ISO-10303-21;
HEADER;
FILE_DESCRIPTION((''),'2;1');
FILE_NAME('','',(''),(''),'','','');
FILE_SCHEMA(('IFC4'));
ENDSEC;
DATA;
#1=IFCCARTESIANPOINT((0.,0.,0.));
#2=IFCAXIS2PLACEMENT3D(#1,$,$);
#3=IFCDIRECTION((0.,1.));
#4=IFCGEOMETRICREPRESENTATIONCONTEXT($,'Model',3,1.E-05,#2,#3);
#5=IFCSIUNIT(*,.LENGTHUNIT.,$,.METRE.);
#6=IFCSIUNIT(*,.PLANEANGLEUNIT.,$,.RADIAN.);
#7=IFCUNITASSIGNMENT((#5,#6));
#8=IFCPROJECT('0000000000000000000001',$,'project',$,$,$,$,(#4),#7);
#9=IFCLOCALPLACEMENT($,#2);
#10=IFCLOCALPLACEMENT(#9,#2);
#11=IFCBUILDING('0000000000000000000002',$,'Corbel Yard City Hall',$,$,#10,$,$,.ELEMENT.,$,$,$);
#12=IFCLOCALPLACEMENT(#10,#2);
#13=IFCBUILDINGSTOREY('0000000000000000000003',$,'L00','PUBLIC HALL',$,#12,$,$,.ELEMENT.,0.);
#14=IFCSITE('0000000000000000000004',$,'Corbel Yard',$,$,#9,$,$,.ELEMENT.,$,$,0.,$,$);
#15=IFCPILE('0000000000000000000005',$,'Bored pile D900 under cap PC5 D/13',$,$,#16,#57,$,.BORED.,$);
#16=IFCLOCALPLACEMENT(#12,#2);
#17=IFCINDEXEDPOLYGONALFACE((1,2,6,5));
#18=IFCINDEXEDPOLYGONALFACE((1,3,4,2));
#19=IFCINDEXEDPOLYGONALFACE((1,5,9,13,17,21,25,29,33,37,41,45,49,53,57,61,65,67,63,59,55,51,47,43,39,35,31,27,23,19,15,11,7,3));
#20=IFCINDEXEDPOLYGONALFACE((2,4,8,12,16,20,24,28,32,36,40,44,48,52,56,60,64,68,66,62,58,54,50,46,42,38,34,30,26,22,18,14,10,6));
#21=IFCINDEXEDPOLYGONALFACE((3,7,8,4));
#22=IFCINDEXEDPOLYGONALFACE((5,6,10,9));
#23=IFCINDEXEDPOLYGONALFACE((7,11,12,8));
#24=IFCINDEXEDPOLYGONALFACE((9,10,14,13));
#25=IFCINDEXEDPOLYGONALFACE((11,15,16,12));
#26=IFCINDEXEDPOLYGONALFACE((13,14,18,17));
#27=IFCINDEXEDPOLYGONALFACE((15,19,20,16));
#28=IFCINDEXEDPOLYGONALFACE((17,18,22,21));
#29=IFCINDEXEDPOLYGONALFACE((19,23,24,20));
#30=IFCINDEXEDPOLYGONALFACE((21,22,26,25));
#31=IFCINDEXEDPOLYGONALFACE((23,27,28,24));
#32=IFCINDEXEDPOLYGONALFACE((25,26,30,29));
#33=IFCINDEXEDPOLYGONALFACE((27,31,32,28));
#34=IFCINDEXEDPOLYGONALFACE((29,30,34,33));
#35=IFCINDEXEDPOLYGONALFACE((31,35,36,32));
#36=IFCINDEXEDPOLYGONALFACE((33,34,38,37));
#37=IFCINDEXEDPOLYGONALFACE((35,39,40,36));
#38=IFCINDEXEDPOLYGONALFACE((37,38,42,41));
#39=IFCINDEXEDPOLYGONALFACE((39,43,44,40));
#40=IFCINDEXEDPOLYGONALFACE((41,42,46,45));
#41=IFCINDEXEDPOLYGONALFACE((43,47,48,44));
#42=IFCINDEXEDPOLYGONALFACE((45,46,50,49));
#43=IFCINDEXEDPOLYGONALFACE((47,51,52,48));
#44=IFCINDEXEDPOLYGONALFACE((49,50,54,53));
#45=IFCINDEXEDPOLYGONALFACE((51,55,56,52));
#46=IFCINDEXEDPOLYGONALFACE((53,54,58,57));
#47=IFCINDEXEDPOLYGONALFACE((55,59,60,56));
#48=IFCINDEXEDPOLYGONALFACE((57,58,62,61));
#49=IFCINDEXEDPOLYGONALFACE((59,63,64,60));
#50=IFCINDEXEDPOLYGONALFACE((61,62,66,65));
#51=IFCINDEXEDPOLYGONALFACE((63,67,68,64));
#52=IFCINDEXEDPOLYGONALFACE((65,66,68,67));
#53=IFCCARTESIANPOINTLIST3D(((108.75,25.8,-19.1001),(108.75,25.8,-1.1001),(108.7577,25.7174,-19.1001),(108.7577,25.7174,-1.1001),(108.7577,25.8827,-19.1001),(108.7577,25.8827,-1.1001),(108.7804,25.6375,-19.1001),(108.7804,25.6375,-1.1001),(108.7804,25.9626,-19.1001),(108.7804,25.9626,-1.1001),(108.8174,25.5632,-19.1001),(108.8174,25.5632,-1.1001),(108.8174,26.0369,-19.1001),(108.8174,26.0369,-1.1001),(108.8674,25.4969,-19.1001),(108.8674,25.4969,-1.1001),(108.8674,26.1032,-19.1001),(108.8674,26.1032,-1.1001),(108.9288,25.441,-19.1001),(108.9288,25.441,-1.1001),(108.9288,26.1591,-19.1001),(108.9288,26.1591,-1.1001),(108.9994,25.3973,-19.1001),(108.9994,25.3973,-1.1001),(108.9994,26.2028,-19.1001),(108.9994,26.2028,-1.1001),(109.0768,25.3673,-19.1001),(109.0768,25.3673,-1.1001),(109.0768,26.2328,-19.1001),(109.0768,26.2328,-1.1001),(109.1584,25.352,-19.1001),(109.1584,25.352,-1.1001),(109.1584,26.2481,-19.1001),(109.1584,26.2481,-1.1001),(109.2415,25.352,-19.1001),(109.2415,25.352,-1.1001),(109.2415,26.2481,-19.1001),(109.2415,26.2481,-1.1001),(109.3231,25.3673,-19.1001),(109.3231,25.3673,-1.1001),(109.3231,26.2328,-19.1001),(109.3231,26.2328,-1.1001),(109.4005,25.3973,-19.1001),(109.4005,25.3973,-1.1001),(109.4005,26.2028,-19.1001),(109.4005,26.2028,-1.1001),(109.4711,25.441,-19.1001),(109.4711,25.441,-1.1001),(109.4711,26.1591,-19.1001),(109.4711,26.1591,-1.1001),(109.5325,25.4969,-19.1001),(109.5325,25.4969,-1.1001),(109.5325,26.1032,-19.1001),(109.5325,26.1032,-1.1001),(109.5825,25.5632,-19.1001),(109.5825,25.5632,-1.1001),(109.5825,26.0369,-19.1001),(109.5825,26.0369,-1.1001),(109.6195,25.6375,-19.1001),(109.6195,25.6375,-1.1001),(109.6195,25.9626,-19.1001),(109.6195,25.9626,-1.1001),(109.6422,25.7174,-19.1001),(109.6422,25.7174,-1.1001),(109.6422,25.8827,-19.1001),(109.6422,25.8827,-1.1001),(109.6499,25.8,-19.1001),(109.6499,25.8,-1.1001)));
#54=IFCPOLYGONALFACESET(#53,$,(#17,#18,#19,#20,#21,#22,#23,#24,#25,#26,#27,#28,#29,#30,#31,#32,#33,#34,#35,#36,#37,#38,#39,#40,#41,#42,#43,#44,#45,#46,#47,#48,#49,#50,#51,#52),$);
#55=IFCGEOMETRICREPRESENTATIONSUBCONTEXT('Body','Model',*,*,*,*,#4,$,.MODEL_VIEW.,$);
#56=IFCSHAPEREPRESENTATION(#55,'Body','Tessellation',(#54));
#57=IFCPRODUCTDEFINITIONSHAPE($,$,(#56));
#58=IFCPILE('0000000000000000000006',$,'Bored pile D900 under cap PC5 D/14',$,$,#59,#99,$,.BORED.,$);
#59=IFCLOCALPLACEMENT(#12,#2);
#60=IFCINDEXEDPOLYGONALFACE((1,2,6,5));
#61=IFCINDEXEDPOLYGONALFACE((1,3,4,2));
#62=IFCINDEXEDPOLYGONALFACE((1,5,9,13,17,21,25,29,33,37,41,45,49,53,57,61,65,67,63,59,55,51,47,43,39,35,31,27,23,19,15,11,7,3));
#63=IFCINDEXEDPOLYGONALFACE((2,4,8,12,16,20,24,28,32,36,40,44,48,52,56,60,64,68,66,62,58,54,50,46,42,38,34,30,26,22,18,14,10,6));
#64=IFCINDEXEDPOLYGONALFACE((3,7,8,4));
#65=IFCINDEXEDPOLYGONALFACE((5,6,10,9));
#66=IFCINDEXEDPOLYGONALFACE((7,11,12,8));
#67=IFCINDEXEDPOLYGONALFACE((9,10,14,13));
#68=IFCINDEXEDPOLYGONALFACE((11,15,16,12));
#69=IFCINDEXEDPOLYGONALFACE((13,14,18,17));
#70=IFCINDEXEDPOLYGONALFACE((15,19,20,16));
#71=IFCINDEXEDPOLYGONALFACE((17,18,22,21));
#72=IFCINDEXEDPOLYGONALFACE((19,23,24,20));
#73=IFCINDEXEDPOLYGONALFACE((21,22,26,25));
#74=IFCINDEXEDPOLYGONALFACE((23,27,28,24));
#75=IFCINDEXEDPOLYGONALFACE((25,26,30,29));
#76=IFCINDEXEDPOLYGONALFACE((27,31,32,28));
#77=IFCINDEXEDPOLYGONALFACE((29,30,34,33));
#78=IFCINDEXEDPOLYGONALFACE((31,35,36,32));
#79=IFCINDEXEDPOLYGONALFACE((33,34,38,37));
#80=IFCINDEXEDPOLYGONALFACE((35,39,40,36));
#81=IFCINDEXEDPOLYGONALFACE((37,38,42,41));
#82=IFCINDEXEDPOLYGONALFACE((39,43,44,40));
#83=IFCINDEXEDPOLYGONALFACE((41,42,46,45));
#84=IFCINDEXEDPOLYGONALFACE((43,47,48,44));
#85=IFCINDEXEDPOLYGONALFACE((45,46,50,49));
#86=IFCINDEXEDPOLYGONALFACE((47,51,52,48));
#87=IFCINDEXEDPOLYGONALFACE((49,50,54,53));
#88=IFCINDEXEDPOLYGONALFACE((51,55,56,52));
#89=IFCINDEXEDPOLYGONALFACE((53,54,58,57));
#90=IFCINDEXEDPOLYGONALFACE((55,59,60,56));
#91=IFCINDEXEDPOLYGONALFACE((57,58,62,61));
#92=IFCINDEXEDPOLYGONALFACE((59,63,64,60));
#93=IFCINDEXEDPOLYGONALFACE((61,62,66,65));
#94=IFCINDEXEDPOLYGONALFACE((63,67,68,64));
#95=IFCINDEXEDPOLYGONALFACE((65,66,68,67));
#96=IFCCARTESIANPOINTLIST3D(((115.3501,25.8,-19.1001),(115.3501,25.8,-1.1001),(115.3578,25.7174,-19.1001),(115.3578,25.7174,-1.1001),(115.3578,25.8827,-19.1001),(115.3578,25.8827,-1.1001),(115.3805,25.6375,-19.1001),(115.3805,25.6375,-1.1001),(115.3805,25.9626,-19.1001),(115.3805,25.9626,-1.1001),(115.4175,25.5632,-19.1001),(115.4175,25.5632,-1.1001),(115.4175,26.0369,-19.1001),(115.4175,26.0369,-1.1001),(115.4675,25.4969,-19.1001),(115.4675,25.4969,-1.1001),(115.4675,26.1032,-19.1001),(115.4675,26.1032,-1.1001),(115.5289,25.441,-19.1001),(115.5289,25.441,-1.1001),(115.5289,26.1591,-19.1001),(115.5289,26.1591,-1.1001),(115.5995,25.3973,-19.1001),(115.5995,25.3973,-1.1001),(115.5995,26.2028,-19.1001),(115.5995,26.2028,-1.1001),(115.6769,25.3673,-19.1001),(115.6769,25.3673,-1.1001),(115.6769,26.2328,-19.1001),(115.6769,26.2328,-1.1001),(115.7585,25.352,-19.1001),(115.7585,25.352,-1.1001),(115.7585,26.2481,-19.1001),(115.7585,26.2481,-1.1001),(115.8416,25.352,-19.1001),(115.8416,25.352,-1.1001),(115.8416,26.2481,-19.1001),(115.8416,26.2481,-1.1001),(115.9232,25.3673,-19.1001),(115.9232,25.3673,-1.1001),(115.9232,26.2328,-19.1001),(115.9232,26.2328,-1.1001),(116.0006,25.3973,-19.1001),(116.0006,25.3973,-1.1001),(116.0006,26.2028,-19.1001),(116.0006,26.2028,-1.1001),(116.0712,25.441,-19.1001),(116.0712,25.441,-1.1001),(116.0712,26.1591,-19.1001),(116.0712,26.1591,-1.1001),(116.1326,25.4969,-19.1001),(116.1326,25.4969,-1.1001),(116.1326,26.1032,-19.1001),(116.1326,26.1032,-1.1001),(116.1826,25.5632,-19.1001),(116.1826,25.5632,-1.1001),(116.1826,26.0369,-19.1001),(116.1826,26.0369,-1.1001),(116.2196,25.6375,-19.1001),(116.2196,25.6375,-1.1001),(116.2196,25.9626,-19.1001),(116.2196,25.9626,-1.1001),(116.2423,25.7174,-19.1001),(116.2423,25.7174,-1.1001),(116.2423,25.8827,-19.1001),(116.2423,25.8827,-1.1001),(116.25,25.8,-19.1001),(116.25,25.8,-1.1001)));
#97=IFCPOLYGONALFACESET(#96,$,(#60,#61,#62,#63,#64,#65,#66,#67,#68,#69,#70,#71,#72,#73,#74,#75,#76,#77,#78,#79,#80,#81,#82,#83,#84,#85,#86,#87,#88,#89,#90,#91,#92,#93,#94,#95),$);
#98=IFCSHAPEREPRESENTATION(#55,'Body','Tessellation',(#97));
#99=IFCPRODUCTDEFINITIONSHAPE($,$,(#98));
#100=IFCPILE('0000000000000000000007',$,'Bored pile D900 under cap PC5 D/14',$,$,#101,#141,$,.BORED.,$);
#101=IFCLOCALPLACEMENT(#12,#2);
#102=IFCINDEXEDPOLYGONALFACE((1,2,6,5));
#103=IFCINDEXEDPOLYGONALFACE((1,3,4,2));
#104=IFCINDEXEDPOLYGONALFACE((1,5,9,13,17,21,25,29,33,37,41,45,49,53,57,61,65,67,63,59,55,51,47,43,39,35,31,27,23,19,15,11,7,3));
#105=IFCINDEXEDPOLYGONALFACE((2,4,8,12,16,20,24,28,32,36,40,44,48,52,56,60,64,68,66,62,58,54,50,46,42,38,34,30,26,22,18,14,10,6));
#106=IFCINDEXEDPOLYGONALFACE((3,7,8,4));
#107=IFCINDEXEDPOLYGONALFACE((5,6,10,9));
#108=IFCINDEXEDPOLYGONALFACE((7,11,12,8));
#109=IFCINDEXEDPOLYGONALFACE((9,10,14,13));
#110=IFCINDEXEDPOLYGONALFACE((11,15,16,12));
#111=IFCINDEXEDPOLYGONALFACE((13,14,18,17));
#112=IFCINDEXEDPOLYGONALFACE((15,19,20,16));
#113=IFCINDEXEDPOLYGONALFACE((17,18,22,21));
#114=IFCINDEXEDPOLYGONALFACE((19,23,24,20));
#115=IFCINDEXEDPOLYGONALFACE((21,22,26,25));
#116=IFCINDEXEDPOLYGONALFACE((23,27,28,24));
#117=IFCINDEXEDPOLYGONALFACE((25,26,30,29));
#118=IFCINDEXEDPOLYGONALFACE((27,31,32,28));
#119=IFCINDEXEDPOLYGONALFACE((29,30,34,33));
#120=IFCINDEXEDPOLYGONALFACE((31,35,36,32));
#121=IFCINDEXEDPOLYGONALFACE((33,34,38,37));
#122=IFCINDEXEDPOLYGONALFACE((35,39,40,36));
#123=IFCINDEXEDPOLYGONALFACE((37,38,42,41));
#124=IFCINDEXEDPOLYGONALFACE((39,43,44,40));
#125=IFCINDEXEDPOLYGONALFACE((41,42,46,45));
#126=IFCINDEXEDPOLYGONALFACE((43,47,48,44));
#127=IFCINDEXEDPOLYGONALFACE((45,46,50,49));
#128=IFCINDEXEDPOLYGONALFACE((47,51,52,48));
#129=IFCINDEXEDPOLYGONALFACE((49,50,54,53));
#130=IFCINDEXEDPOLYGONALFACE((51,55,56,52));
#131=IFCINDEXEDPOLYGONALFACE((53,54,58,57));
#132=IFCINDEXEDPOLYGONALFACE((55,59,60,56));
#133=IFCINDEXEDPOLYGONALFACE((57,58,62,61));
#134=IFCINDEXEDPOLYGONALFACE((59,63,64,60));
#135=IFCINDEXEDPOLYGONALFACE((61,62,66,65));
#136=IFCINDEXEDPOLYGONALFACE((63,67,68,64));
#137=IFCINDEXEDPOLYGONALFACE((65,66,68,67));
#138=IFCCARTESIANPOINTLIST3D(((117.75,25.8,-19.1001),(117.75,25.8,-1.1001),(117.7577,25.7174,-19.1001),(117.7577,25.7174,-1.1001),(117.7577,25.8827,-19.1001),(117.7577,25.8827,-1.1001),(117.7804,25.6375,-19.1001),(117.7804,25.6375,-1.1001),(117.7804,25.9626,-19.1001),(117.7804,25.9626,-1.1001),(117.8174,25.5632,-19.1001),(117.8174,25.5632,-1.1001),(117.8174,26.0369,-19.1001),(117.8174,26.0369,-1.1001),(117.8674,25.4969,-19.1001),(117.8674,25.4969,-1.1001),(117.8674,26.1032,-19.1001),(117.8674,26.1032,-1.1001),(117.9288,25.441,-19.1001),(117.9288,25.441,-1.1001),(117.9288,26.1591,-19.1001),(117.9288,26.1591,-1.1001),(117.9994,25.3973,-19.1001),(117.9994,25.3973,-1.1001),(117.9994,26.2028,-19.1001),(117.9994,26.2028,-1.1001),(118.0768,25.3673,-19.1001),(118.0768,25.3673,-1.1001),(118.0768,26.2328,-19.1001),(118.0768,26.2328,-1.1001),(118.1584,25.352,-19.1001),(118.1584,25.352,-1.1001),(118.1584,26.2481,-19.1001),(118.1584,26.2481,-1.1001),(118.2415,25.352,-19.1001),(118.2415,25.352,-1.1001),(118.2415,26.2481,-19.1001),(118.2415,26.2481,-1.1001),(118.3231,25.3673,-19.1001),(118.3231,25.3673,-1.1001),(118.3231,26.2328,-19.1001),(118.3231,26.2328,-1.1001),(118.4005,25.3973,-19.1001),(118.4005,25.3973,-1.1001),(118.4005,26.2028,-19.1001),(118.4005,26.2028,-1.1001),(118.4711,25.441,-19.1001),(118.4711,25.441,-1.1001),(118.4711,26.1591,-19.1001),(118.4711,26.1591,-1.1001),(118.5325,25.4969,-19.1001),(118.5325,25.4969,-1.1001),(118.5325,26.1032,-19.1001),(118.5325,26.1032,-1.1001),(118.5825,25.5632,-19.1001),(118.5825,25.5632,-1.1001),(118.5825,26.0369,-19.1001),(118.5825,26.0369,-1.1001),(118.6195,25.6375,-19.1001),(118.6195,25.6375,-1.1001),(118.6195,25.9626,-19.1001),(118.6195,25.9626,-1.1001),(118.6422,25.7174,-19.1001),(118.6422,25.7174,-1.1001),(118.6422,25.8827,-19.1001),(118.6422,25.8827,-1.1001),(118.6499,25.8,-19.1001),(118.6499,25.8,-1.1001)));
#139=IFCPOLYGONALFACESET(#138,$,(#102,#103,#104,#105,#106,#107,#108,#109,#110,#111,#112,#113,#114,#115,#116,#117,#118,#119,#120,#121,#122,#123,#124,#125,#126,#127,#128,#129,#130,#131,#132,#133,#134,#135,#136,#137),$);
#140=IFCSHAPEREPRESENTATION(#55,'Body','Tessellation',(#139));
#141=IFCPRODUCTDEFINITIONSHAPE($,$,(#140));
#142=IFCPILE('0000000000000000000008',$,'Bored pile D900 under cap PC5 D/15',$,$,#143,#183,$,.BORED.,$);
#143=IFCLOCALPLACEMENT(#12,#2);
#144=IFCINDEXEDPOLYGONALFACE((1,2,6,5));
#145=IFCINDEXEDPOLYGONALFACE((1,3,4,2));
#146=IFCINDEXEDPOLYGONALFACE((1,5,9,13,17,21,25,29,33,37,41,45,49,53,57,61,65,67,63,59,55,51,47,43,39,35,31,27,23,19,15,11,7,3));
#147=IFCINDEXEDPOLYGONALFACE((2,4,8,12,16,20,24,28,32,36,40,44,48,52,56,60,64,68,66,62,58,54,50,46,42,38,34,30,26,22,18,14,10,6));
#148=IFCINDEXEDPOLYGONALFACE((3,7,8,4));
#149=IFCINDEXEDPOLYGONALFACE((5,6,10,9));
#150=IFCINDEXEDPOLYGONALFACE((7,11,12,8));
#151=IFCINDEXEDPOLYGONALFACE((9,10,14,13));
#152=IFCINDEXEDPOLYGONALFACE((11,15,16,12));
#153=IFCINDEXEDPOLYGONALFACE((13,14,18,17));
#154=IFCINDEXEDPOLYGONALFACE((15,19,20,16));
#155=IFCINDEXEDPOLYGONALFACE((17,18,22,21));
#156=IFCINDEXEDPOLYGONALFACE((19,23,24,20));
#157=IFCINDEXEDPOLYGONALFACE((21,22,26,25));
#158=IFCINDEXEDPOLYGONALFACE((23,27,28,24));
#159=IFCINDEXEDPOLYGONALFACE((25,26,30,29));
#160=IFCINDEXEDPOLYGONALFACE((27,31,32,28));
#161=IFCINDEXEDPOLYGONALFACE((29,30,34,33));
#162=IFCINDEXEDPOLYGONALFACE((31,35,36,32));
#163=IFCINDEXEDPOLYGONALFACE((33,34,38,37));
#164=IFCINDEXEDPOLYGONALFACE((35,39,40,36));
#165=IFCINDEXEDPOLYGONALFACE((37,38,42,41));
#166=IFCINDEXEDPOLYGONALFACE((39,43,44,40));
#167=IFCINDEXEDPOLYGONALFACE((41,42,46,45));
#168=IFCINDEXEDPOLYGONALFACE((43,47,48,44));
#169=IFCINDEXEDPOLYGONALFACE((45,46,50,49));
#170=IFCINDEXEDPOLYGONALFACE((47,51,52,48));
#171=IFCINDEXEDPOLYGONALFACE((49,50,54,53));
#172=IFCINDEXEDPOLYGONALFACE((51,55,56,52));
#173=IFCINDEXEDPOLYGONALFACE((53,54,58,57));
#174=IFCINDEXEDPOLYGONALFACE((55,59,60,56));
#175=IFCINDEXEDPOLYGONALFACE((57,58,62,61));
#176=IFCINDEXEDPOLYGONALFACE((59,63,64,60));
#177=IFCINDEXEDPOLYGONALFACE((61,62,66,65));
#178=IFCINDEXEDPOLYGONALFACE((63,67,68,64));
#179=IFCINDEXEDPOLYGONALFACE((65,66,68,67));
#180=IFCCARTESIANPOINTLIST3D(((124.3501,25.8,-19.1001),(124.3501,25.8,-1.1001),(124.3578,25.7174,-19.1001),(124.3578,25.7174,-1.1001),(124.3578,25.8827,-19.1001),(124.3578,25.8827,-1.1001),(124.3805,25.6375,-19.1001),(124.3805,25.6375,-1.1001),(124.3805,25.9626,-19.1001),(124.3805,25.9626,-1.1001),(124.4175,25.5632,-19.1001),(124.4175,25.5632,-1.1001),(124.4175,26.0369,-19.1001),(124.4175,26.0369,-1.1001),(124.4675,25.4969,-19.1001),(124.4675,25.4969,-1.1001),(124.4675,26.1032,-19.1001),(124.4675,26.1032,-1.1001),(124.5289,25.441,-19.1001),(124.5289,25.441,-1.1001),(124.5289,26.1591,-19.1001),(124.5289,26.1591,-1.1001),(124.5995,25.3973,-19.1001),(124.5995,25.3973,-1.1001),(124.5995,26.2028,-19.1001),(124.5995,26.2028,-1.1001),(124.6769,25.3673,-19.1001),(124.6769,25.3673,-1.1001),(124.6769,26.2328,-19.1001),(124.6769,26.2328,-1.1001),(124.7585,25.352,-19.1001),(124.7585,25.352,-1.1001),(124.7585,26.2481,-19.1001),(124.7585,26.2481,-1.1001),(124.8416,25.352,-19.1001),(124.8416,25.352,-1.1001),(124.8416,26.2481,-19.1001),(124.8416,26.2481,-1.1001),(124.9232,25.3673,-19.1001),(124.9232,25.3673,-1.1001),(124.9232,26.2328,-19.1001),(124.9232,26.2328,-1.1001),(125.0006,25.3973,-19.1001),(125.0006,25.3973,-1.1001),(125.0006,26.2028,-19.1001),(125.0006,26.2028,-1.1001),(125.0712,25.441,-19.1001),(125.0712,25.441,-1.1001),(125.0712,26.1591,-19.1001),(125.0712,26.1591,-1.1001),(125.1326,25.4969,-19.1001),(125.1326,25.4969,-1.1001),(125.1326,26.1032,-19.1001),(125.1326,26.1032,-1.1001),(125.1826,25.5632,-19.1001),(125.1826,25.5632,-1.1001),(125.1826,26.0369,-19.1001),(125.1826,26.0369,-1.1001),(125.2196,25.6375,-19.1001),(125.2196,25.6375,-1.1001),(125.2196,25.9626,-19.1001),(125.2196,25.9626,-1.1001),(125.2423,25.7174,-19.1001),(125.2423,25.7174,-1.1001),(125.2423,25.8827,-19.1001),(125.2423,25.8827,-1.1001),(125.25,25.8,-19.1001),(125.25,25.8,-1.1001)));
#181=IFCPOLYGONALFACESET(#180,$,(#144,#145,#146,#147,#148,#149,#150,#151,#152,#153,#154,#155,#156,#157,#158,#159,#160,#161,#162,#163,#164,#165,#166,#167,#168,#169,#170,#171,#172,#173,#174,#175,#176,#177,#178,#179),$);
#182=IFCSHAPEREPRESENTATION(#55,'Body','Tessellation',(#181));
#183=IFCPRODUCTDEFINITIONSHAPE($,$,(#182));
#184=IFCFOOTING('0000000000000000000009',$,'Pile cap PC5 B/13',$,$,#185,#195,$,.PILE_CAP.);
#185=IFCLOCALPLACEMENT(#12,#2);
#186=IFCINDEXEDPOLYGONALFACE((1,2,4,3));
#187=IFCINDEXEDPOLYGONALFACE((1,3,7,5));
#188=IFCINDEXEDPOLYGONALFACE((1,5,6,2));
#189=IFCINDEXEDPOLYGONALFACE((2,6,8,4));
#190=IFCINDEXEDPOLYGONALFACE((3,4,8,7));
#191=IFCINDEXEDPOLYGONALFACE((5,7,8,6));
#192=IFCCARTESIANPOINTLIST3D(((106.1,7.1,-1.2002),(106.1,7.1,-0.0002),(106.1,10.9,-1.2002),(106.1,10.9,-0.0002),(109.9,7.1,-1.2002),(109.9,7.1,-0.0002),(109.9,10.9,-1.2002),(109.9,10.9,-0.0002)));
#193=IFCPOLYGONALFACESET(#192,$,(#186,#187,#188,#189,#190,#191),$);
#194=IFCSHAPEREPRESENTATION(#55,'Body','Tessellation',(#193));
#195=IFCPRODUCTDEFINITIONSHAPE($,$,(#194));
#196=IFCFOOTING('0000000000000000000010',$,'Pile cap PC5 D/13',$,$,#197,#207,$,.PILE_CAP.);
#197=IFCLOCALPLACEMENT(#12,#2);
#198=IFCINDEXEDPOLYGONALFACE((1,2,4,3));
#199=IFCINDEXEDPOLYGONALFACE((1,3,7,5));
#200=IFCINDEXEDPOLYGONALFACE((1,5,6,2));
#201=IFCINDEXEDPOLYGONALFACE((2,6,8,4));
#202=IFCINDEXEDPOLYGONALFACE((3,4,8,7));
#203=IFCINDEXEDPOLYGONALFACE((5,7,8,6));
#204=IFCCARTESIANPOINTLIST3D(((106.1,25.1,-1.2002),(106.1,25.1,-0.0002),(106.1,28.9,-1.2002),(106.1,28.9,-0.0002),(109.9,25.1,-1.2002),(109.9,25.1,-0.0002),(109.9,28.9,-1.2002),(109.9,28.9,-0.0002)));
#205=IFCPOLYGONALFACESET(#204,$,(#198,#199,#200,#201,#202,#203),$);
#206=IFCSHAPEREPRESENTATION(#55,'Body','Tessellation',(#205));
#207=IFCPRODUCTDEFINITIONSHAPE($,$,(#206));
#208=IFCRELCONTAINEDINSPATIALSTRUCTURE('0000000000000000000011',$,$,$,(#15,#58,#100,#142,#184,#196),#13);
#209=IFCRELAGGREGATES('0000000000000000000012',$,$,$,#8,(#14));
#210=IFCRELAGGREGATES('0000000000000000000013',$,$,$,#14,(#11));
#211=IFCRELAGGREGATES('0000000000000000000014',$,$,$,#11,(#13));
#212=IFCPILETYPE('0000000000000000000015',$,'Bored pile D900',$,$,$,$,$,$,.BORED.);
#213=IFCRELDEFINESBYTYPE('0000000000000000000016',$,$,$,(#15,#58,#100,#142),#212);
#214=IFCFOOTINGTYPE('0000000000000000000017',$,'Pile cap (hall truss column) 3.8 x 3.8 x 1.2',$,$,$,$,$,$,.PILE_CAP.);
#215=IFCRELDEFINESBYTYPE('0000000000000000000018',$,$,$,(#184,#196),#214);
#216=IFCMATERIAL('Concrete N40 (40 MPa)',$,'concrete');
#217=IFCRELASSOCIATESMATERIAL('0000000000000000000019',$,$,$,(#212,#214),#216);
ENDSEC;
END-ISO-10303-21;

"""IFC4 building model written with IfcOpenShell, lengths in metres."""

from ifc_helpers import new_model, si_unit, direction, frame, origin, origin_2d, place, context, subcontext, project, spatial, rectangle, circle, extrude, material, material_profile, profile_set, type_object, element, save


model = new_model("IFC4")

# Units and contexts
model_context = context("Model", 3, precision=1e-05, world=origin(), true_north=direction((0.0, 1.0)))
body_context = subcontext(model_context, "Body", "Model", "MODEL_VIEW")
ifc_project = project(units=[si_unit("LENGTHUNIT", "METRE"), si_unit("PLANEANGLEUNIT", "RADIAN")], contexts=[model_context])

# Site, building, storey
site_placement = place(None, origin())
site = spatial("IfcSite", under=ifc_project, at=site_placement, Name="Corbel Yard", CompositionType="ELEMENT", RefElevation=0.0)
building_placement = place(site_placement, origin())
building = spatial("IfcBuilding", under=site, at=building_placement, Name="Corbel Yard City Hall", CompositionType="ELEMENT")
storey_placement = place(building_placement, origin())
storey = spatial("IfcBuildingStorey", under=building, at=storey_placement, Name="L00", Description="PUBLIC HALL", CompositionType="ELEMENT", Elevation=0.0)

# Piles
ifc_material_1 = material(Name="Concrete N40 (40 MPa)", Category="concrete")
ifc_material_profile_1 = material_profile(ifc_material_1, circle(Radius=0.45, at=origin_2d()), Name="D900")
ifc_profile_set_1 = profile_set([ifc_material_profile_1], Name="Concrete N40 (40 MPa)")
pile_type_1 = type_object("IfcPileType", Name="Bored pile D900", PredefinedType="BORED", material=ifc_profile_set_1)
for number, where, z_axis, x_axis, name in (
    (1, (109.2, 25.8, -1.1001), (0.0, 0.0, -1.0), (1.0, 0.0, 0.0), "Bored pile D900 under cap PC5 D/13"),
    (2, (115.8, 25.8, -1.1001), (0.0, 0.0, -1.0), (1.0, 0.0, 0.0), "Bored pile D900 under cap PC5 D/14"),
    (3, (118.2, 25.8, -1.1001), (0.0, 0.0, -1.0), (1.0, 0.0, 0.0), "Bored pile D900 under cap PC5 D/14"),
    (4, (124.8, 25.8, -1.1001), (0.0, 0.0, -1.0), (1.0, 0.0, 0.0), "Bored pile D900 under cap PC5 D/15"),
):
    element("IfcPile", number, at=place(storey_placement, frame(where, z_axis=z_axis, x_axis=x_axis)), inside=storey, type_object=pile_type_1, Name=name, PredefinedType="BORED", context=body_context, shape_type="SweptSolid", body=[
        extrude(circle(Radius=0.45, at=origin_2d()), origin(), (0.0, 0.0, 1.0), 18.0),
    ])

# Footings
footing_type = type_object("IfcFootingType", Name="Pile cap (hall truss column) 3.8 x 3.8 x 1.2", PredefinedType="PILE_CAP", material=ifc_material_1)
for number, where, z_axis, x_axis, name in (
    (5, (108.0, 9.0, -1.2002), (0.0, 0.0, 1.0), (1.0, 0.0, 0.0), "Pile cap PC5 B/13"),
    (6, (108.0, 27.0, -1.2002), (0.0, 0.0, 1.0), (1.0, 0.0, 0.0), "Pile cap PC5 D/13"),
):
    element("IfcFooting", number, at=place(storey_placement, frame(where, z_axis=z_axis, x_axis=x_axis)), inside=storey, type_object=footing_type, Name=name, PredefinedType="PILE_CAP", context=body_context, shape_type="SweptSolid", body=[
        extrude(rectangle(XDim=3.8, YDim=3.8, at=origin_2d()), origin(), (0.0, 0.0, 1.0), 1.2),
    ])

save(model, "model.ifc")
